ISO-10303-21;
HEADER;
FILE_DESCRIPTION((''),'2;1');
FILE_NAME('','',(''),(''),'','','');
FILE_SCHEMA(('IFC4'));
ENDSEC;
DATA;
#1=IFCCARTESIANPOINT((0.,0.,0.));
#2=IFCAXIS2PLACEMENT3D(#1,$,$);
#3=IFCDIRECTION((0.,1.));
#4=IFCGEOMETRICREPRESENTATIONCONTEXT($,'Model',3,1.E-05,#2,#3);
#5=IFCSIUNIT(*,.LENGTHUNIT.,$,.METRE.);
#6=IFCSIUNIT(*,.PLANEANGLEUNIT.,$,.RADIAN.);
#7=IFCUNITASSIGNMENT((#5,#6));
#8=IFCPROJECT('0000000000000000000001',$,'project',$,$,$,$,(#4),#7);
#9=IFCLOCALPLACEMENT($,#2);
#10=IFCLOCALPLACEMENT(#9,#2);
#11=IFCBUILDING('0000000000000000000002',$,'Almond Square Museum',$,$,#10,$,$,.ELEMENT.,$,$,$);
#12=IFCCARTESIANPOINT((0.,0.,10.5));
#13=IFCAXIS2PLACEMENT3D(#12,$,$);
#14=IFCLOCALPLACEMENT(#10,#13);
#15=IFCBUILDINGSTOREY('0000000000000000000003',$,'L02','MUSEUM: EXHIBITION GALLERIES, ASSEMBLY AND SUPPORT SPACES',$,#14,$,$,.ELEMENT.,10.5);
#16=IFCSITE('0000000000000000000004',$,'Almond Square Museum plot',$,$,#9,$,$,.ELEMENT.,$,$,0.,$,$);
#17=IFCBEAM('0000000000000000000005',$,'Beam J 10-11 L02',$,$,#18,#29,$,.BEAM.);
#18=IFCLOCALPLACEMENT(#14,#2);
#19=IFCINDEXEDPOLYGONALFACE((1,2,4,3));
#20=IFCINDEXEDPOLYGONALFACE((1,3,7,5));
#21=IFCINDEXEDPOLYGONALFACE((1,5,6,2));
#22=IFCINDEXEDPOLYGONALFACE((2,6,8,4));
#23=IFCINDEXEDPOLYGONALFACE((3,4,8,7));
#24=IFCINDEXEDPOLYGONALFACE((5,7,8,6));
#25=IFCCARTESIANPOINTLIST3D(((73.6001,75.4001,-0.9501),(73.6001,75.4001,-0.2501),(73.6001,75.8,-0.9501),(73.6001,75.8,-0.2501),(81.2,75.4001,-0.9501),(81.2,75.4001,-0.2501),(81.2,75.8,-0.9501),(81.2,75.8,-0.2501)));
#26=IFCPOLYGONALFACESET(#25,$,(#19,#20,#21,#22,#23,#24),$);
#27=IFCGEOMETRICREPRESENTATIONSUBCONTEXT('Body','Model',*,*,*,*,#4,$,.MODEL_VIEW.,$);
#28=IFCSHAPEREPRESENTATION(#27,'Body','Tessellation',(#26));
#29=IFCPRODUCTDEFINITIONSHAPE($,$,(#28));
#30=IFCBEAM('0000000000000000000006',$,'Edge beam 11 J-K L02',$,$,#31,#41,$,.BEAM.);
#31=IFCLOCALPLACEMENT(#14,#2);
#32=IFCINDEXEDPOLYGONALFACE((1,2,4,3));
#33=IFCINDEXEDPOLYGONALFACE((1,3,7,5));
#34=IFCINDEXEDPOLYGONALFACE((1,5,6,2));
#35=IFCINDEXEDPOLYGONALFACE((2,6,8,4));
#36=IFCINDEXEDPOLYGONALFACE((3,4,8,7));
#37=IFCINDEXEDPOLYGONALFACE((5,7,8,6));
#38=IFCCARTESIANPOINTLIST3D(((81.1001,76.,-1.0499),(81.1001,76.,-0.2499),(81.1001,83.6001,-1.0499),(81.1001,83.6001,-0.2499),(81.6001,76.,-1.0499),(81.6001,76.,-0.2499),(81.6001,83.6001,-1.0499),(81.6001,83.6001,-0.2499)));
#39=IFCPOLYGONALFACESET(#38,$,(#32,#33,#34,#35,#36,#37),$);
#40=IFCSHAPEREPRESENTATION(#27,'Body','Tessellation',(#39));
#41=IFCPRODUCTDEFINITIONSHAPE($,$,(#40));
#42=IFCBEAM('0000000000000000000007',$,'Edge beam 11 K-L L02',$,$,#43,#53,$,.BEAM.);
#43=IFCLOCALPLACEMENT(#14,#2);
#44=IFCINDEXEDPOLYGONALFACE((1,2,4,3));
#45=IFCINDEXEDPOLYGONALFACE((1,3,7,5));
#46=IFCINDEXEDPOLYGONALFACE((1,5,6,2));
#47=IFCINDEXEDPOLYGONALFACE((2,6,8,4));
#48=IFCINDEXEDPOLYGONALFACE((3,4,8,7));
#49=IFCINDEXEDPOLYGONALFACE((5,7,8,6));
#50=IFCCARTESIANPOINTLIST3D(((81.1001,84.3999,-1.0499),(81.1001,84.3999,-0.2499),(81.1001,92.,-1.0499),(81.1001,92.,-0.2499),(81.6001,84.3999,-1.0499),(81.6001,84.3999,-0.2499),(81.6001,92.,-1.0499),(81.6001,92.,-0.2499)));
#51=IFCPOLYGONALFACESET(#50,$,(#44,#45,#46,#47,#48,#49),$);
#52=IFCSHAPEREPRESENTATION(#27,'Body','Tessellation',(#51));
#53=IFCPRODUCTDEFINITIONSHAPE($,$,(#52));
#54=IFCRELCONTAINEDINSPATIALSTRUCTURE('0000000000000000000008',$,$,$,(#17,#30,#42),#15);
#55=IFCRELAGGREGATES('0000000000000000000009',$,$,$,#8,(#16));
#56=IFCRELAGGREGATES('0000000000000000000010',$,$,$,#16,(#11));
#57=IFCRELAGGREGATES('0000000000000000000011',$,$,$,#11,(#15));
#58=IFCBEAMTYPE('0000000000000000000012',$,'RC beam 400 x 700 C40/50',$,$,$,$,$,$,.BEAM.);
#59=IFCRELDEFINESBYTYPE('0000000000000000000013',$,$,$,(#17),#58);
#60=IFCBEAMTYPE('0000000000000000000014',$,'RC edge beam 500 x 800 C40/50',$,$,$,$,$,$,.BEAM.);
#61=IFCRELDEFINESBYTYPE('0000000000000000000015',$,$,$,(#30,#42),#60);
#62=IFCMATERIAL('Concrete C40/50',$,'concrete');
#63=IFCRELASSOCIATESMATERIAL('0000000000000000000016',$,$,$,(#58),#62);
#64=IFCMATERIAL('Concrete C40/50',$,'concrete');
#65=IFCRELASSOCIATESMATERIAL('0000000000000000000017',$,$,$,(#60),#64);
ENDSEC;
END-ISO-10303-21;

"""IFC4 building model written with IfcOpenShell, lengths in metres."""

from ifc_helpers import new_model, si_unit, direction, frame, origin, origin_2d, place, context, subcontext, project, spatial, rectangle, extrude, material, material_profile, profile_set, type_object, element, save


model = new_model("IFC4")

# Units and contexts
model_context = context("Model", 3, precision=1e-05, world=origin(), true_north=direction((0.0, 1.0)))
body_context = subcontext(model_context, "Body", "Model", "MODEL_VIEW")
ifc_project = project(units=[si_unit("LENGTHUNIT", "METRE"), si_unit("PLANEANGLEUNIT", "RADIAN")], contexts=[model_context])

# Site, building, storey
site_placement = place(None, origin())
site = spatial("IfcSite", under=ifc_project, at=site_placement, Name="Almond Square Museum plot", CompositionType="ELEMENT", RefElevation=0.0)
building_placement = place(site_placement, origin())
building = spatial("IfcBuilding", under=site, at=building_placement, Name="Almond Square Museum", CompositionType="ELEMENT")
storey_placement = place(building_placement, frame((0.0, 0.0, 10.5)))
storey = spatial("IfcBuildingStorey", under=building, at=storey_placement, Name="L02", Description="MUSEUM: EXHIBITION GALLERIES, ASSEMBLY AND SUPPORT SPACES", CompositionType="ELEMENT", Elevation=10.5)

# Beams
ifc_material_1 = material(Name="Concrete C40/50", Category="concrete")
ifc_material_profile_1 = material_profile(ifc_material_1, rectangle(XDim=0.3999, YDim=0.7, at=origin_2d()))
ifc_profile_set_1 = profile_set([ifc_material_profile_1], Name="Concrete C40/50")
beam_type_1 = type_object("IfcBeamType", Name="RC beam 400 x 700 C40/50", PredefinedType="BEAM", material=ifc_profile_set_1)
beam_1_placement = place(storey_placement, frame((73.6001, 75.6001, -0.6001), z_axis=(1.0, 0.0, 0.0), x_axis=(0.0, 1.0, 0.0)))
element("IfcBeam", 1, at=beam_1_placement, inside=storey, type_object=beam_type_1, Name="Beam J 10-11 L02", PredefinedType="BEAM", context=body_context, shape_type="SweptSolid", body=[
    extrude(rectangle(XDim=0.3999, YDim=0.7, at=origin_2d()), origin(), (0.0, 0.0, 1.0), 7.5999),
])
ifc_material_2 = material(Name="Concrete C40/50", Category="concrete")
ifc_material_profile_2 = material_profile(ifc_material_2, rectangle(XDim=0.5, YDim=0.8, at=origin_2d()))
ifc_profile_set_2 = profile_set([ifc_material_profile_2], Name="Concrete C40/50")
beam_type_2 = type_object("IfcBeamType", Name="RC edge beam 500 x 800 C40/50", PredefinedType="BEAM", material=ifc_profile_set_2)
for number, where, z_axis, x_axis, name in (
    (2, (81.3501, 76.0, -0.6499), (0.0, 1.0, 0.0), (-1.0, 0.0, 0.0), "Edge beam 11 J-K L02"),
    (3, (81.3501, 84.3999, -0.6499), (0.0, 1.0, 0.0), (-1.0, 0.0, 0.0), "Edge beam 11 K-L L02"),
):
    element("IfcBeam", number, at=place(storey_placement, frame(where, z_axis=z_axis, x_axis=x_axis)), inside=storey, type_object=beam_type_2, Name=name, PredefinedType="BEAM", context=body_context, shape_type="SweptSolid", body=[
        extrude(rectangle(XDim=0.5, YDim=0.8, at=origin_2d()), origin(), (0.0, 0.0, 1.0), 7.6001),
    ])

save(model, "model.ifc")
